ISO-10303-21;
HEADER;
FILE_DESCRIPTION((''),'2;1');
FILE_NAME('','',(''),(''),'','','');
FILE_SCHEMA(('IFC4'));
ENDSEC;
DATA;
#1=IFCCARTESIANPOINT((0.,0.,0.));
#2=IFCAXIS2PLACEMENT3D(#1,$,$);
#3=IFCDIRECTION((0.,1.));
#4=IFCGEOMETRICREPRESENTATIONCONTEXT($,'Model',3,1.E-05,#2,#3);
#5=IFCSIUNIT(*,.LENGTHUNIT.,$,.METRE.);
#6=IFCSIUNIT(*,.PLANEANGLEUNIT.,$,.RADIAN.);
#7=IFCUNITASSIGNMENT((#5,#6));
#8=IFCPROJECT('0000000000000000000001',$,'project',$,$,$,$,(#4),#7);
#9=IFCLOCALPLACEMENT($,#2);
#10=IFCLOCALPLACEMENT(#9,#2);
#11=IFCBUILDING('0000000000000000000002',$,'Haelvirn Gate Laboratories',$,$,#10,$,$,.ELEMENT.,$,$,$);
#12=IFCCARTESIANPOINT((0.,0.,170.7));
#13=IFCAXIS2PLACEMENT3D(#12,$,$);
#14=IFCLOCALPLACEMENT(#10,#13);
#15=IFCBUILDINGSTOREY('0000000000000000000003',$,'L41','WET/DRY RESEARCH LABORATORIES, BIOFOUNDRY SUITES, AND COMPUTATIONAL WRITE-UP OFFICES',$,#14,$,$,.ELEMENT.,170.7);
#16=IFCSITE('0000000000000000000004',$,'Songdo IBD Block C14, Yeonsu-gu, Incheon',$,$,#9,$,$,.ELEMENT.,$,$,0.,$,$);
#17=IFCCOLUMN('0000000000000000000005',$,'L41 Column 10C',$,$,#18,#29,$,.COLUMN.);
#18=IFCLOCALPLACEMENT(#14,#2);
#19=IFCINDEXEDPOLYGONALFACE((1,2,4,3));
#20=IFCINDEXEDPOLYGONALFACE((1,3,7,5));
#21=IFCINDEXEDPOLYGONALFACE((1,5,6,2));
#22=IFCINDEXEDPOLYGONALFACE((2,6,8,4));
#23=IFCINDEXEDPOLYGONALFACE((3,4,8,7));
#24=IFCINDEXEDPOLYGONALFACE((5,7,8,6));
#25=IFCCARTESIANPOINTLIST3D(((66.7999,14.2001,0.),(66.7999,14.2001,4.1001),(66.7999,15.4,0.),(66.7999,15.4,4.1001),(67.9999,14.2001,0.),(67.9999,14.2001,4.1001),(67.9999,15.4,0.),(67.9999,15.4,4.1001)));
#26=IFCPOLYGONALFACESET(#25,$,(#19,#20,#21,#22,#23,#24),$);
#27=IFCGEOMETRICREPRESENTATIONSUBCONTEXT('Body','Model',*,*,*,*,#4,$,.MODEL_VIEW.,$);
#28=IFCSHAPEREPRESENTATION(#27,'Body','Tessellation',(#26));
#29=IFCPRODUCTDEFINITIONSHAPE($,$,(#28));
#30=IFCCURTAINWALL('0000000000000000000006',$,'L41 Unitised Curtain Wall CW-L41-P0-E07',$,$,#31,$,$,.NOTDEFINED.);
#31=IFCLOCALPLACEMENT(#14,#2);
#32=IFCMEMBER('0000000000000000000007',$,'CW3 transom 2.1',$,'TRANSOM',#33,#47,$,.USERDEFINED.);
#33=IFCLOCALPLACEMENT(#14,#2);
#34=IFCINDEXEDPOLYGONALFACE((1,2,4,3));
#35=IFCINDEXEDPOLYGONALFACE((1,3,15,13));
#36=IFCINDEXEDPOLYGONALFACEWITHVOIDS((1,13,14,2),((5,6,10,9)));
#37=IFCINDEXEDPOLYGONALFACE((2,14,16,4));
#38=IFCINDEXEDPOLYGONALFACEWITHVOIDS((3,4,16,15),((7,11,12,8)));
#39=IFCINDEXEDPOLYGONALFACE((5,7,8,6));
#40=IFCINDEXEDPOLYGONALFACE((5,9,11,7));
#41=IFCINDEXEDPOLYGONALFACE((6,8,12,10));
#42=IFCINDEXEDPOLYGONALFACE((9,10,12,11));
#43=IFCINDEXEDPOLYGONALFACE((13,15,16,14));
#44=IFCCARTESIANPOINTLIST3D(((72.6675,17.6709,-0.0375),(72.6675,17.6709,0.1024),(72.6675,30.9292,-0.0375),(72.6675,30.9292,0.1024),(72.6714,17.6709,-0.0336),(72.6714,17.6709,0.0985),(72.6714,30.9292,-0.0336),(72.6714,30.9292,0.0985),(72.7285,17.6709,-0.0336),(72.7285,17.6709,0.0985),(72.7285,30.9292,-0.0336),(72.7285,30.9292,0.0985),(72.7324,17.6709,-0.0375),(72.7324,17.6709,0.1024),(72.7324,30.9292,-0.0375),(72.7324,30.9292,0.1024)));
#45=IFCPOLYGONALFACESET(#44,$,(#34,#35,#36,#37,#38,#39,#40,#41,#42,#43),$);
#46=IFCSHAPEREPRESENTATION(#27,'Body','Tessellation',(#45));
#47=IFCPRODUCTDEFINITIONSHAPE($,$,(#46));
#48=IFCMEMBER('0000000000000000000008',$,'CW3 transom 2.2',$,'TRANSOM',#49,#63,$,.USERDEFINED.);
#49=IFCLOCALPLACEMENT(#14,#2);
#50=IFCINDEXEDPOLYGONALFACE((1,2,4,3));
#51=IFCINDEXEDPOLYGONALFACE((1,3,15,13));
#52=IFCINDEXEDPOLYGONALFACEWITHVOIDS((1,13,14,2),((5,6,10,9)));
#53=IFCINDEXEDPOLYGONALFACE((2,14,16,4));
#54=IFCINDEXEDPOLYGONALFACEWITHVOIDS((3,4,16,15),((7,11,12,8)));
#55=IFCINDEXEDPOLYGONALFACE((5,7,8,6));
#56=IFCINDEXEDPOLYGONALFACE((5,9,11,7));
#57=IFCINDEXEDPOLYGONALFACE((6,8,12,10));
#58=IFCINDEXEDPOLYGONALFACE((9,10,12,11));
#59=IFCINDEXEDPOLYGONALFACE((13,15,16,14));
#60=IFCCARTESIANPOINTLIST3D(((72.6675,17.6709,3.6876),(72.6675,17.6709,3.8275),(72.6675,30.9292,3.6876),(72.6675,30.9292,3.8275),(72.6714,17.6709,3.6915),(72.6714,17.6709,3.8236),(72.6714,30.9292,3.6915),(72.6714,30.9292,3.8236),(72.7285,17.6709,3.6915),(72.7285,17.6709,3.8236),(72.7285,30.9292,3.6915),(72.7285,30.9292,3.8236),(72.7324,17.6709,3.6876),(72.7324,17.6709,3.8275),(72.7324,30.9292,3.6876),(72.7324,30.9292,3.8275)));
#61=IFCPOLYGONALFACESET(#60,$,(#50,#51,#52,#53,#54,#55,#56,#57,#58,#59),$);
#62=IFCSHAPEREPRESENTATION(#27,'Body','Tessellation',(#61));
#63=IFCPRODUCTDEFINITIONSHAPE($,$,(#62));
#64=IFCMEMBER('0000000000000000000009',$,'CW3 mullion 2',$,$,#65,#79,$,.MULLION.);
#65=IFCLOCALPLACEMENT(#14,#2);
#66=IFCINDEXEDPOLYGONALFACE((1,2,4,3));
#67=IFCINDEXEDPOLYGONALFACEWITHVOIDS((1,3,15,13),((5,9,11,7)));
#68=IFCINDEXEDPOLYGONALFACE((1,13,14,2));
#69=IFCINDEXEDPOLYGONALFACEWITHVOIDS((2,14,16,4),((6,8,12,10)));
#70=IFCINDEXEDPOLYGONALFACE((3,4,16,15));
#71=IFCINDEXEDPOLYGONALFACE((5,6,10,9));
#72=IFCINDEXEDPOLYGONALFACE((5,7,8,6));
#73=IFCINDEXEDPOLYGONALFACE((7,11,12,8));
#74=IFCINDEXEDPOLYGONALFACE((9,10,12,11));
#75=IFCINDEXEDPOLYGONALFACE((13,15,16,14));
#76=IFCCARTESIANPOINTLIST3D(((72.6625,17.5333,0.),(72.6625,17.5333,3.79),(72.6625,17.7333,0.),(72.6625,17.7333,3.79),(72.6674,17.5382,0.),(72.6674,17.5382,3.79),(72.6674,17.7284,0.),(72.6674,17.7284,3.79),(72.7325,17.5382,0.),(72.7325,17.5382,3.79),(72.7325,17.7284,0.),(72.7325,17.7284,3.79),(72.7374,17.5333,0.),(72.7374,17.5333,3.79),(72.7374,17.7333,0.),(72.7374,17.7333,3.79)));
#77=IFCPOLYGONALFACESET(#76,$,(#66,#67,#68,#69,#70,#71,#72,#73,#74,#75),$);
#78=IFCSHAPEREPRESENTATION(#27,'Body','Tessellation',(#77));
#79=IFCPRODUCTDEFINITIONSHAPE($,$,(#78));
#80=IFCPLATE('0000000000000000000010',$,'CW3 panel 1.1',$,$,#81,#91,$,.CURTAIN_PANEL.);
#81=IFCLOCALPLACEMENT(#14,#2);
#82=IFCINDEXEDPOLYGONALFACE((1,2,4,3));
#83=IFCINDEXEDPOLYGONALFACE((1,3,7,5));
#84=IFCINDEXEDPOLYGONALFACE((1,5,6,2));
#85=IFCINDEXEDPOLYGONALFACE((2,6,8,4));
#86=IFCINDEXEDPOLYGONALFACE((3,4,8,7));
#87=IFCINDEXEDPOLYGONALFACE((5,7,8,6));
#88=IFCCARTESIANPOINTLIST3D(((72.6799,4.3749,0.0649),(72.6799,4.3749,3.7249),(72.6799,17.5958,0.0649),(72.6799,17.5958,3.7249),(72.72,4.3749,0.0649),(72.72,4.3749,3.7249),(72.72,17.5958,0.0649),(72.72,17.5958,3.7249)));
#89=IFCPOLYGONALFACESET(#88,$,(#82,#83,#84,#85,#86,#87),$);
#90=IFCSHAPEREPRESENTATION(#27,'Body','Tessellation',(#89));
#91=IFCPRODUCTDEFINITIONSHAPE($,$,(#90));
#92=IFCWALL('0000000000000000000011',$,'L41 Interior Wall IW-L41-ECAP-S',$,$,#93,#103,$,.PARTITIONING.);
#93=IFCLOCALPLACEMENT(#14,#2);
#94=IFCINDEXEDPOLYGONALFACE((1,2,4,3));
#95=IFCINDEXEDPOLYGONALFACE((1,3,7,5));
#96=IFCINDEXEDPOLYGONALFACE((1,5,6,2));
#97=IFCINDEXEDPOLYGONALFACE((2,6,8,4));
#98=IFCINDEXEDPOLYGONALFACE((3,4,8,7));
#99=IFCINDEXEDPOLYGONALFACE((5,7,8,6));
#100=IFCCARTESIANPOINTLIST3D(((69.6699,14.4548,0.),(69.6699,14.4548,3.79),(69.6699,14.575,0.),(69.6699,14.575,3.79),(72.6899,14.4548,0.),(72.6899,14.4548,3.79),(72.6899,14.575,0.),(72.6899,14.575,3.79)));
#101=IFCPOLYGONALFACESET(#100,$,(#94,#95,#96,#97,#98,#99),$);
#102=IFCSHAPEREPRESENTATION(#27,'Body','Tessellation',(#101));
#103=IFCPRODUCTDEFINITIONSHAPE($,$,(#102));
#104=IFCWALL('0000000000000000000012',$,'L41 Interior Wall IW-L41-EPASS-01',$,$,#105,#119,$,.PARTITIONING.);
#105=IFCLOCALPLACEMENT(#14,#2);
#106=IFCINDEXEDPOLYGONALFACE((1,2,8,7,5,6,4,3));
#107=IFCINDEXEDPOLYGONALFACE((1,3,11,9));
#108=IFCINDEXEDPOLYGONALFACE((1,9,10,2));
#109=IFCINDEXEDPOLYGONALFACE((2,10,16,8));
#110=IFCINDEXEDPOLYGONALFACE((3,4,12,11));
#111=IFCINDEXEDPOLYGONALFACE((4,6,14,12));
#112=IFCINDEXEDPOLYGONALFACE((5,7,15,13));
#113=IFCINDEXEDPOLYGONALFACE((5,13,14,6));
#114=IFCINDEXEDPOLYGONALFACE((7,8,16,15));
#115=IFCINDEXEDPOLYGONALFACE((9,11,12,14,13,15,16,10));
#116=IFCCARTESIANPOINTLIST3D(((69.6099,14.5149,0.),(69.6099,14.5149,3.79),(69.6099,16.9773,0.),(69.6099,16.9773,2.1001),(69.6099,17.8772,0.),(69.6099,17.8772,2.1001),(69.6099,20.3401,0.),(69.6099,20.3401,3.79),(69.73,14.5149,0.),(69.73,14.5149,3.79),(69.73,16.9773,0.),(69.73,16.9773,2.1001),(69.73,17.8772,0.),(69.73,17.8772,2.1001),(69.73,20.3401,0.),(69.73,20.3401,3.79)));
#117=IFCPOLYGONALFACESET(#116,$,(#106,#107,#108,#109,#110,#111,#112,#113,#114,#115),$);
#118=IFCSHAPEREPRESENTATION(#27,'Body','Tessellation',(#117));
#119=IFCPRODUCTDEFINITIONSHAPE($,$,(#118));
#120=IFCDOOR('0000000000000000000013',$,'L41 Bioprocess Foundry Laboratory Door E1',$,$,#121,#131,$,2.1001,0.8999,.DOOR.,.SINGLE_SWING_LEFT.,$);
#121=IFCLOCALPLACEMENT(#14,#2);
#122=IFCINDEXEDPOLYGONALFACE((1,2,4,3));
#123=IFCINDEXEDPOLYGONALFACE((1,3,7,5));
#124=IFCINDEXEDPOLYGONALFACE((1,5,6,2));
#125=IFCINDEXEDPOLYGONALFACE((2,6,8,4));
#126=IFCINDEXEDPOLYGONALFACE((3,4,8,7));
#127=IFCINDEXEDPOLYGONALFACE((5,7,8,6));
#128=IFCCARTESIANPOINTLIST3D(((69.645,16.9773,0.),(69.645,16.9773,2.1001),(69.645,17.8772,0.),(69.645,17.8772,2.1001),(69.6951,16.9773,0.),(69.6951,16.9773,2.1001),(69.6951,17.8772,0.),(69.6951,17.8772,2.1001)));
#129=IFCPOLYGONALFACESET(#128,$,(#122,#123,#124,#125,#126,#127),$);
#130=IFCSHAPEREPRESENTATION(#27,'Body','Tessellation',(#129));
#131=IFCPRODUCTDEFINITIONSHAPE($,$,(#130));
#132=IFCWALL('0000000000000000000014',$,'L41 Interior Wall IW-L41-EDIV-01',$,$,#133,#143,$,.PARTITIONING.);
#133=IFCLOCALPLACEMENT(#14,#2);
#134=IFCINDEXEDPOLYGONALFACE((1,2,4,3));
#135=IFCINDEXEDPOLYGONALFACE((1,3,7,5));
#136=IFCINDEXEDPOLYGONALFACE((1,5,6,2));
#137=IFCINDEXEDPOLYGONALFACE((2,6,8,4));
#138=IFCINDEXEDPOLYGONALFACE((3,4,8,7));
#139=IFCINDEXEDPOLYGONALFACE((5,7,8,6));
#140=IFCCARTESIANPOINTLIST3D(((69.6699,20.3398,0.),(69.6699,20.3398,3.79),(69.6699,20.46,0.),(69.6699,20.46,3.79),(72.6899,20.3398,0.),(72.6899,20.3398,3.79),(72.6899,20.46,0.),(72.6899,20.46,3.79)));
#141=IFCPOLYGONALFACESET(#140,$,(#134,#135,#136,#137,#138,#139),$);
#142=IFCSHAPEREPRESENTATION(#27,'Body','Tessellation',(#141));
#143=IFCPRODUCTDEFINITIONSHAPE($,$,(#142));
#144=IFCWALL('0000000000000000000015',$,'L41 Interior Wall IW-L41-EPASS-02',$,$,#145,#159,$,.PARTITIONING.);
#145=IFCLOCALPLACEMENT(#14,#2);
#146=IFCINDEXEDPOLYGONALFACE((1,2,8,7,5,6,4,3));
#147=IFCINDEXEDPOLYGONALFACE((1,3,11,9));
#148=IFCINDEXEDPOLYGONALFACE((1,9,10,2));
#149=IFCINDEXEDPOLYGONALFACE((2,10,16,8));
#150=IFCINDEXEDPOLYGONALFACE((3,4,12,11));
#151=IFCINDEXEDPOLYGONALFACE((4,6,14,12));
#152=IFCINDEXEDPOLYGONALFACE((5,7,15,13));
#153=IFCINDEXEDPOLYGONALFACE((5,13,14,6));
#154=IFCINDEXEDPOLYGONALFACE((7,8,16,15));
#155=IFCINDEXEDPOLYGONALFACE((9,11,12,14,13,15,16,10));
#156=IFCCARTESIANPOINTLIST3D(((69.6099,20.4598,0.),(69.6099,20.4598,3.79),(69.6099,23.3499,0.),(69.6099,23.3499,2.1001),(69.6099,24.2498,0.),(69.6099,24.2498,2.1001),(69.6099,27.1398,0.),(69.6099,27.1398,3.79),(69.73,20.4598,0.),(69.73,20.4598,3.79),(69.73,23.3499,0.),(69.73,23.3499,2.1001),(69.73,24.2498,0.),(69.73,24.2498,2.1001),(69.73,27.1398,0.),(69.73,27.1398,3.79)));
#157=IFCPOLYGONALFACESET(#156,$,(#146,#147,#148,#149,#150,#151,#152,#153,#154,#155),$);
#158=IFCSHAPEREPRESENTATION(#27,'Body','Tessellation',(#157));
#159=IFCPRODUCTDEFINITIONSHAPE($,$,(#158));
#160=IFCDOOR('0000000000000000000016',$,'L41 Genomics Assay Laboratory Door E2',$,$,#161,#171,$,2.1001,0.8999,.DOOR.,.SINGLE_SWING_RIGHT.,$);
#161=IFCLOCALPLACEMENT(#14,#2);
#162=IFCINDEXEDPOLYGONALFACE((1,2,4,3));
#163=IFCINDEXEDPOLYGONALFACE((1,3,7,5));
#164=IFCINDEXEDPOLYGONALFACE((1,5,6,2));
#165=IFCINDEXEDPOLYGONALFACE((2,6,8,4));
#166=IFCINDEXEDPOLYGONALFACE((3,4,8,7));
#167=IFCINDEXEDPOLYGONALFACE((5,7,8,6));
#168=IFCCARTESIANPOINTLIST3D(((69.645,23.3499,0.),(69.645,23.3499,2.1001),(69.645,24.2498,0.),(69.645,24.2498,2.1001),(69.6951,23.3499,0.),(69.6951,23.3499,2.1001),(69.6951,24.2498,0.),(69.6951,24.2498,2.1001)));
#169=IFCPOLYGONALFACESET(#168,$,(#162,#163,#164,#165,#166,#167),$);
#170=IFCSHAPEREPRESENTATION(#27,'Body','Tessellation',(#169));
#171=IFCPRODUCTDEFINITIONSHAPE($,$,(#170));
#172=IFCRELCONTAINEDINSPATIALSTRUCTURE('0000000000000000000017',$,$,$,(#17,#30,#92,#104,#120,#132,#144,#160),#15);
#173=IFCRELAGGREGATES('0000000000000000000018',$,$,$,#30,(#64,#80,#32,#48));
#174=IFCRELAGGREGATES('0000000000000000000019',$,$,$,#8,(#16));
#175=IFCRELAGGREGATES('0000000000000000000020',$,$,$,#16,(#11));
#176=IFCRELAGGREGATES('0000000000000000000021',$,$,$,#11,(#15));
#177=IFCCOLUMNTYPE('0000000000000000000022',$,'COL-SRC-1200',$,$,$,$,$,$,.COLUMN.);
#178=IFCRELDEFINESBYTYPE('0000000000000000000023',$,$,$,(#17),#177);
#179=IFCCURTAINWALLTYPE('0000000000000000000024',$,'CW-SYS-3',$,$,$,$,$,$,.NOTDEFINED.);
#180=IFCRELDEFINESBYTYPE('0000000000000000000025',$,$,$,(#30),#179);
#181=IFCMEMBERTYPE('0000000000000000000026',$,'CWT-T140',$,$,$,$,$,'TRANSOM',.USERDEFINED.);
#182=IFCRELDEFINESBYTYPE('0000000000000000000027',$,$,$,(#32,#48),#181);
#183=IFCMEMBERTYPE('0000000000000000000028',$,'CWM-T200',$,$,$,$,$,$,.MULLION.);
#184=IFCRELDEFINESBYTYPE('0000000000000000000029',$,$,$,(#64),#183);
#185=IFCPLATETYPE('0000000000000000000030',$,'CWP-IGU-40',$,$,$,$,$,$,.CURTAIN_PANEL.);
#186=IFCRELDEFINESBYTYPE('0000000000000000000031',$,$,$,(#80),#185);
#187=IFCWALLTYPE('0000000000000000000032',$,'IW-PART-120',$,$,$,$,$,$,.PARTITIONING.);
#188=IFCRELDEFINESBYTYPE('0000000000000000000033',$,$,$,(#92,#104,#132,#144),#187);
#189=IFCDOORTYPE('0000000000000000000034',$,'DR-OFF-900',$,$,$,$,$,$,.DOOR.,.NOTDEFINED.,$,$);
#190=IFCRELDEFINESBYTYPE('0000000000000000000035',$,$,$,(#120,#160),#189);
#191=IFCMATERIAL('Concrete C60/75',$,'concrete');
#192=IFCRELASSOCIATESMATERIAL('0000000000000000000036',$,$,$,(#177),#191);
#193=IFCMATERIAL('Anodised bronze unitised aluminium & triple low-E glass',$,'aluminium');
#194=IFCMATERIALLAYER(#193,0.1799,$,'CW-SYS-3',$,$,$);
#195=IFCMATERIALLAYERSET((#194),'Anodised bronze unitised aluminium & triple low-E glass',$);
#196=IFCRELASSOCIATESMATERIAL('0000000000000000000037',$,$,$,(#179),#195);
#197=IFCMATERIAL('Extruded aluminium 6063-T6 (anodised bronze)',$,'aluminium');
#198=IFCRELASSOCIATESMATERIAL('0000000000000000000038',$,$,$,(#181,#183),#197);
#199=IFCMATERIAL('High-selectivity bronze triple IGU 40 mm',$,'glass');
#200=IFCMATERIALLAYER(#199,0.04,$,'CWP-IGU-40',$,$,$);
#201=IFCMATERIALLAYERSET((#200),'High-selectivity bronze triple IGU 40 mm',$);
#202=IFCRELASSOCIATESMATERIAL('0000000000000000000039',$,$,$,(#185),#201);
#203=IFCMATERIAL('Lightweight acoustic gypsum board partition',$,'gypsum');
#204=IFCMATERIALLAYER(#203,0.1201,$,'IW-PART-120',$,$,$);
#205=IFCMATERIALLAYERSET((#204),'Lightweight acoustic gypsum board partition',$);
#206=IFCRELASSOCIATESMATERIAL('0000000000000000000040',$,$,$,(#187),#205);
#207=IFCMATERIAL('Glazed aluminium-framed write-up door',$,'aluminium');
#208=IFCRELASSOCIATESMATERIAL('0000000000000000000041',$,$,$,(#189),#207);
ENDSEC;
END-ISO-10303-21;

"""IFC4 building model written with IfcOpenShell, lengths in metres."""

from ifc_helpers import new_model, si_unit, direction, frame, frame_2d, origin, origin_2d, place, context, subcontext, project, spatial, rectangle, hollow_rectangle, extrude, source, transform, mapped, material, layer, layer_set, material_profile, profile_set, type_object, type_shapes, element, fill, aggregate, save


model = new_model("IFC4")

# Units and contexts
model_context = context("Model", 3, precision=1e-05, world=origin(), true_north=direction((0.0, 1.0)))
body_context = subcontext(model_context, "Body", "Model", "MODEL_VIEW")
ifc_project = project(units=[si_unit("LENGTHUNIT", "METRE"), si_unit("PLANEANGLEUNIT", "RADIAN")], contexts=[model_context])

# Site, building, storey
site_placement = place(None, origin())
site = spatial("IfcSite", under=ifc_project, at=site_placement, Name="Songdo IBD Block C14, Yeonsu-gu, Incheon", CompositionType="ELEMENT", RefElevation=0.0)
building_placement = place(site_placement, origin())
building = spatial("IfcBuilding", under=site, at=building_placement, Name="Haelvirn Gate Laboratories", CompositionType="ELEMENT")
storey_placement = place(building_placement, frame((0.0, 0.0, 170.7)))
storey = spatial("IfcBuildingStorey", under=building, at=storey_placement, Name="L41", Description="WET/DRY RESEARCH LABORATORIES, BIOFOUNDRY SUITES, AND COMPUTATIONAL WRITE-UP OFFICES", CompositionType="ELEMENT", Elevation=170.7)

# Column
ifc_material_1 = material(Name="Concrete C60/75", Category="concrete")
ifc_material_profile_1 = material_profile(ifc_material_1, rectangle(XDim=1.2, YDim=1.2, at=origin_2d()), Name="SRC-1200x1200")
ifc_profile_set_1 = profile_set([ifc_material_profile_1], Name="Concrete C60/75")
column_type = type_object("IfcColumnType", Name="COL-SRC-1200", PredefinedType="COLUMN", material=ifc_profile_set_1)
shared_shape_1 = source(origin(), body_context, "Body", "SweptSolid", [
    extrude(rectangle(XDim=1.2, YDim=1.2, at=origin_2d()), origin(), (0.0, 0.0, 1.0), 4.1001),
])
type_shapes(column_type, [shared_shape_1])
column_placement = place(storey_placement, frame((67.3999, 14.8, 0.0), z_axis=(0.0, 0.0, 1.0), x_axis=(1.0, 0.0, 0.0)))
element("IfcColumn", 1, at=column_placement, inside=storey, type_object=column_type, Name="L41 Column 10C", PredefinedType="COLUMN", context=body_context, shape_type="MappedRepresentation", body=[
    mapped(shared_shape_1, transform((0.0, 0.0, 0.0), scale=1.0)),
])

# Curtain wall, members, plate
ifc_material_2 = material(Name="Anodised bronze unitised aluminium & triple low-E glass", Category="aluminium")
ifc_layer_1 = layer(ifc_material_2, 0.1799, Name="CW-SYS-3")
ifc_layer_set_1 = layer_set([ifc_layer_1], Name="Anodised bronze unitised aluminium & triple low-E glass")
curtain_wall_type = type_object("IfcCurtainWallType", Name="CW-SYS-3", PredefinedType="NOTDEFINED", material=ifc_layer_set_1)
curtain_wall_placement = place(storey_placement, origin())
curtain_wall = element("IfcCurtainWall", 2, at=curtain_wall_placement, inside=storey, type_object=curtain_wall_type, Name="L41 Unitised Curtain Wall CW-L41-P0-E07", PredefinedType="NOTDEFINED")
ifc_material_3 = material(Name="Extruded aluminium 6063-T6 (anodised bronze)", Category="aluminium")
ifc_material_profile_2 = material_profile(ifc_material_3, hollow_rectangle(XDim=0.0649, YDim=0.1399, WallThickness=0.0039, at=origin_2d()), Name="CWT-140x65x4")
ifc_profile_set_2 = profile_set([ifc_material_profile_2], Name="Extruded aluminium 6063-T6 (anodised bronze)")
member_type_1 = type_object("IfcMemberType", Name="CWT-T140", ElementType="TRANSOM", PredefinedType="USERDEFINED", material=ifc_profile_set_2)
shared_shape_2 = source(origin(), body_context, "Body", "SweptSolid", [
    extrude(hollow_rectangle(XDim=0.0649, YDim=0.1399, WallThickness=0.0039, at=origin_2d()), origin(), (0.0, 0.0, 1.0), 13.2583),
])
type_shapes(member_type_1, [shared_shape_2])
member_1_placement = place(storey_placement, frame((72.7, 17.6709, 0.0325), z_axis=(0.0, 1.0, 0.0), x_axis=(-1.0, 0.0, 0.0)))
member_1 = element("IfcMember", 3, at=member_1_placement, type_object=member_type_1, Name="CW3 transom 2.1", ObjectType="TRANSOM", PredefinedType="USERDEFINED", context=body_context, shape_type="MappedRepresentation", body=[
    mapped(shared_shape_2, transform((0.0, 0.0, 0.0), scale=1.0)),
])
member_2_placement = place(storey_placement, frame((72.7, 17.6709, 3.7576), z_axis=(0.0, 1.0, 0.0), x_axis=(-1.0, 0.0, 0.0)))
member_2 = element("IfcMember", 4, at=member_2_placement, type_object=member_type_1, Name="CW3 transom 2.2", ObjectType="TRANSOM", PredefinedType="USERDEFINED", context=body_context, shape_type="MappedRepresentation", body=[
    mapped(shared_shape_2, transform((0.0, 0.0, 0.0), scale=1.0)),
])
ifc_material_profile_3 = material_profile(ifc_material_3, hollow_rectangle(XDim=0.075, YDim=0.2, WallThickness=0.0049, at=origin_2d()), Name="CWM-200x75x5")
ifc_profile_set_3 = profile_set([ifc_material_profile_3], Name="Extruded aluminium 6063-T6 (anodised bronze)")
member_type_2 = type_object("IfcMemberType", Name="CWM-T200", PredefinedType="MULLION", material=ifc_profile_set_3)
shared_shape_3 = source(origin(), body_context, "Body", "SweptSolid", [
    extrude(hollow_rectangle(XDim=0.075, YDim=0.2, WallThickness=0.0049, at=origin_2d()), origin(), (0.0, 0.0, 1.0), 3.79),
])
type_shapes(member_type_2, [shared_shape_3])
member_3_placement = place(storey_placement, frame((72.7, 17.6333, 0.0), z_axis=(0.0, 0.0, 1.0), x_axis=(-1.0, 0.0, 0.0)))
member_3 = element("IfcMember", 5, at=member_3_placement, type_object=member_type_2, Name="CW3 mullion 2", PredefinedType="MULLION", context=body_context, shape_type="MappedRepresentation", body=[
    mapped(shared_shape_3, transform((0.0, 0.0, 0.0), scale=1.0)),
])
ifc_material_4 = material(Name="High-selectivity bronze triple IGU 40 mm", Category="glass")
ifc_layer_2 = layer(ifc_material_4, 0.04, Name="CWP-IGU-40")
ifc_layer_set_2 = layer_set([ifc_layer_2], Name="High-selectivity bronze triple IGU 40 mm")
plate_type = type_object("IfcPlateType", Name="CWP-IGU-40", PredefinedType="CURTAIN_PANEL", material=ifc_layer_set_2)
shared_shape_4 = source(origin(), body_context, "Body", "SweptSolid", [
    extrude(rectangle(XDim=13.2209, YDim=0.04, at=origin_2d()), origin(), (0.0, 0.0, 1.0), 3.6599),
])
type_shapes(plate_type, [shared_shape_4])
plate_placement = place(storey_placement, frame((72.7, 10.9854, 0.0649), z_axis=(0.0, 0.0, 1.0), x_axis=(0.0, 1.0, 0.0)))
plate = element("IfcPlate", 6, at=plate_placement, type_object=plate_type, Name="CW3 panel 1.1", PredefinedType="CURTAIN_PANEL", context=body_context, shape_type="MappedRepresentation", body=[
    mapped(shared_shape_4, transform((0.0, 0.0, 0.0), scale=1.0)),
])
aggregate(curtain_wall, [member_3, plate, member_1, member_2])

# Wall
ifc_material_5 = material(Name="Lightweight acoustic gypsum board partition", Category="gypsum")
ifc_layer_3 = layer(ifc_material_5, 0.1201, Name="IW-PART-120")
ifc_layer_set_3 = layer_set([ifc_layer_3], Name="Lightweight acoustic gypsum board partition")
wall_type_1 = type_object("IfcWallType", Name="IW-PART-120", PredefinedType="PARTITIONING", material=ifc_layer_set_3)
wall_1_placement = place(storey_placement, frame((69.6699, 14.5149, 0.0), z_axis=(0.0, 0.0, 1.0), x_axis=(1.0, 0.0, 0.0)))
element("IfcWall", 7, at=wall_1_placement, inside=storey, type_object=wall_type_1, Name="L41 Interior Wall IW-L41-ECAP-S", PredefinedType="PARTITIONING", context=body_context, shape_type="SweptSolid", body=[
    extrude(rectangle(XDim=3.02, YDim=0.1201, at=frame_2d((1.51, 0.0))), origin(), (0.0, 0.0, 1.0), 3.79),
])

# Wall, opening, door
wall_2_placement = place(storey_placement, frame((69.6699, 14.5149, 0.0), z_axis=(0.0, 0.0, 1.0), x_axis=(0.0, 1.0, 0.0)))
wall_2 = element("IfcWall", 8, at=wall_2_placement, inside=storey, type_object=wall_type_1, Name="L41 Interior Wall IW-L41-EPASS-01", PredefinedType="PARTITIONING", context=body_context, shape_type="SweptSolid", body=[
    extrude(rectangle(XDim=5.8252, YDim=0.1201, at=frame_2d((2.9126, 0.0))), origin(), (0.0, 0.0, 1.0), 3.79),
])
opening_1_placement = place(wall_2_placement, frame((2.4624, 0.0, 0.0)))
opening_1 = element("IfcOpeningElement", 9, at=opening_1_placement, cuts=wall_2, PredefinedType="OPENING", context=body_context, shape_type="SweptSolid", body=[
    extrude(rectangle(XDim=0.8999, YDim=2.1001, at=frame_2d((0.45, 1.05))), frame((0.0, 0.0701, 0.0), z_axis=(0.0, -1.0, 0.0), x_axis=(1.0, 0.0, 0.0)), (0.0, 0.0, 1.0), 0.1401),
])
ifc_material_6 = material(Name="Glazed aluminium-framed write-up door", Category="aluminium")
door_type_1 = type_object("IfcDoorType", Name="DR-OFF-900", OperationType="NOTDEFINED", PredefinedType="DOOR", material=ifc_material_6)
shared_shape_5 = source(origin(), body_context, "Body", "SweptSolid", [
    extrude(rectangle(XDim=0.8999, YDim=2.1001, at=frame_2d((0.45, 1.05))), frame((0.0, 0.0249, 0.0), z_axis=(0.0, -1.0, 0.0), x_axis=(1.0, 0.0, 0.0)), (0.0, 0.0, 1.0), 0.05),
])
type_shapes(door_type_1, [shared_shape_5])
door_1_placement = place(opening_1_placement, origin())
door_1 = element("IfcDoor", 10, at=door_1_placement, inside=storey, type_object=door_type_1, Name="L41 Bioprocess Foundry Laboratory Door E1", OperationType="SINGLE_SWING_LEFT", OverallHeight=2.1001, OverallWidth=0.8999, PredefinedType="DOOR", context=body_context, shape_type="MappedRepresentation", body=[
    mapped(shared_shape_5, transform((0.0, 0.0, 0.0), scale=1.0)),
])
fill(opening_1, door_1)

# Wall
wall_3_placement = place(storey_placement, frame((69.6699, 20.3999, 0.0), z_axis=(0.0, 0.0, 1.0), x_axis=(1.0, 0.0, 0.0)))
element("IfcWall", 11, at=wall_3_placement, inside=storey, type_object=wall_type_1, Name="L41 Interior Wall IW-L41-EDIV-01", PredefinedType="PARTITIONING", context=body_context, shape_type="SweptSolid", body=[
    extrude(rectangle(XDim=3.02, YDim=0.1201, at=frame_2d((1.51, 0.0))), origin(), (0.0, 0.0, 1.0), 3.79),
])

# Wall, opening, door
wall_4_placement = place(storey_placement, frame((69.6699, 20.46, 0.0), z_axis=(0.0, 0.0, 1.0), x_axis=(0.0, 1.0, 0.0)))
wall_4 = element("IfcWall", 12, at=wall_4_placement, inside=storey, type_object=wall_type_1, Name="L41 Interior Wall IW-L41-EPASS-02", PredefinedType="PARTITIONING", context=body_context, shape_type="SweptSolid", body=[
    extrude(rectangle(XDim=6.6799, YDim=0.1201, at=frame_2d((3.3398, 0.0))), origin(), (0.0, 0.0, 1.0), 3.79),
])
opening_2_placement = place(wall_4_placement, frame((2.8899, 0.0, 0.0)))
opening_2 = element("IfcOpeningElement", 13, at=opening_2_placement, cuts=wall_4, PredefinedType="OPENING", context=body_context, shape_type="SweptSolid", body=[
    extrude(rectangle(XDim=0.8999, YDim=2.1001, at=frame_2d((0.45, 1.05))), frame((0.0, 0.0701, 0.0), z_axis=(0.0, -1.0, 0.0), x_axis=(1.0, 0.0, 0.0)), (0.0, 0.0, 1.0), 0.1401),
])
door_2_placement = place(opening_2_placement, origin())
door_2 = element("IfcDoor", 14, at=door_2_placement, inside=storey, type_object=door_type_1, Name="L41 Genomics Assay Laboratory Door E2", OperationType="SINGLE_SWING_RIGHT", OverallHeight=2.1001, OverallWidth=0.8999, PredefinedType="DOOR", context=body_context, shape_type="MappedRepresentation", body=[
    mapped(shared_shape_5, transform((0.0, 0.0, 0.0), scale=1.0)),
])
fill(opening_2, door_2)

save(model, "model.ifc")
